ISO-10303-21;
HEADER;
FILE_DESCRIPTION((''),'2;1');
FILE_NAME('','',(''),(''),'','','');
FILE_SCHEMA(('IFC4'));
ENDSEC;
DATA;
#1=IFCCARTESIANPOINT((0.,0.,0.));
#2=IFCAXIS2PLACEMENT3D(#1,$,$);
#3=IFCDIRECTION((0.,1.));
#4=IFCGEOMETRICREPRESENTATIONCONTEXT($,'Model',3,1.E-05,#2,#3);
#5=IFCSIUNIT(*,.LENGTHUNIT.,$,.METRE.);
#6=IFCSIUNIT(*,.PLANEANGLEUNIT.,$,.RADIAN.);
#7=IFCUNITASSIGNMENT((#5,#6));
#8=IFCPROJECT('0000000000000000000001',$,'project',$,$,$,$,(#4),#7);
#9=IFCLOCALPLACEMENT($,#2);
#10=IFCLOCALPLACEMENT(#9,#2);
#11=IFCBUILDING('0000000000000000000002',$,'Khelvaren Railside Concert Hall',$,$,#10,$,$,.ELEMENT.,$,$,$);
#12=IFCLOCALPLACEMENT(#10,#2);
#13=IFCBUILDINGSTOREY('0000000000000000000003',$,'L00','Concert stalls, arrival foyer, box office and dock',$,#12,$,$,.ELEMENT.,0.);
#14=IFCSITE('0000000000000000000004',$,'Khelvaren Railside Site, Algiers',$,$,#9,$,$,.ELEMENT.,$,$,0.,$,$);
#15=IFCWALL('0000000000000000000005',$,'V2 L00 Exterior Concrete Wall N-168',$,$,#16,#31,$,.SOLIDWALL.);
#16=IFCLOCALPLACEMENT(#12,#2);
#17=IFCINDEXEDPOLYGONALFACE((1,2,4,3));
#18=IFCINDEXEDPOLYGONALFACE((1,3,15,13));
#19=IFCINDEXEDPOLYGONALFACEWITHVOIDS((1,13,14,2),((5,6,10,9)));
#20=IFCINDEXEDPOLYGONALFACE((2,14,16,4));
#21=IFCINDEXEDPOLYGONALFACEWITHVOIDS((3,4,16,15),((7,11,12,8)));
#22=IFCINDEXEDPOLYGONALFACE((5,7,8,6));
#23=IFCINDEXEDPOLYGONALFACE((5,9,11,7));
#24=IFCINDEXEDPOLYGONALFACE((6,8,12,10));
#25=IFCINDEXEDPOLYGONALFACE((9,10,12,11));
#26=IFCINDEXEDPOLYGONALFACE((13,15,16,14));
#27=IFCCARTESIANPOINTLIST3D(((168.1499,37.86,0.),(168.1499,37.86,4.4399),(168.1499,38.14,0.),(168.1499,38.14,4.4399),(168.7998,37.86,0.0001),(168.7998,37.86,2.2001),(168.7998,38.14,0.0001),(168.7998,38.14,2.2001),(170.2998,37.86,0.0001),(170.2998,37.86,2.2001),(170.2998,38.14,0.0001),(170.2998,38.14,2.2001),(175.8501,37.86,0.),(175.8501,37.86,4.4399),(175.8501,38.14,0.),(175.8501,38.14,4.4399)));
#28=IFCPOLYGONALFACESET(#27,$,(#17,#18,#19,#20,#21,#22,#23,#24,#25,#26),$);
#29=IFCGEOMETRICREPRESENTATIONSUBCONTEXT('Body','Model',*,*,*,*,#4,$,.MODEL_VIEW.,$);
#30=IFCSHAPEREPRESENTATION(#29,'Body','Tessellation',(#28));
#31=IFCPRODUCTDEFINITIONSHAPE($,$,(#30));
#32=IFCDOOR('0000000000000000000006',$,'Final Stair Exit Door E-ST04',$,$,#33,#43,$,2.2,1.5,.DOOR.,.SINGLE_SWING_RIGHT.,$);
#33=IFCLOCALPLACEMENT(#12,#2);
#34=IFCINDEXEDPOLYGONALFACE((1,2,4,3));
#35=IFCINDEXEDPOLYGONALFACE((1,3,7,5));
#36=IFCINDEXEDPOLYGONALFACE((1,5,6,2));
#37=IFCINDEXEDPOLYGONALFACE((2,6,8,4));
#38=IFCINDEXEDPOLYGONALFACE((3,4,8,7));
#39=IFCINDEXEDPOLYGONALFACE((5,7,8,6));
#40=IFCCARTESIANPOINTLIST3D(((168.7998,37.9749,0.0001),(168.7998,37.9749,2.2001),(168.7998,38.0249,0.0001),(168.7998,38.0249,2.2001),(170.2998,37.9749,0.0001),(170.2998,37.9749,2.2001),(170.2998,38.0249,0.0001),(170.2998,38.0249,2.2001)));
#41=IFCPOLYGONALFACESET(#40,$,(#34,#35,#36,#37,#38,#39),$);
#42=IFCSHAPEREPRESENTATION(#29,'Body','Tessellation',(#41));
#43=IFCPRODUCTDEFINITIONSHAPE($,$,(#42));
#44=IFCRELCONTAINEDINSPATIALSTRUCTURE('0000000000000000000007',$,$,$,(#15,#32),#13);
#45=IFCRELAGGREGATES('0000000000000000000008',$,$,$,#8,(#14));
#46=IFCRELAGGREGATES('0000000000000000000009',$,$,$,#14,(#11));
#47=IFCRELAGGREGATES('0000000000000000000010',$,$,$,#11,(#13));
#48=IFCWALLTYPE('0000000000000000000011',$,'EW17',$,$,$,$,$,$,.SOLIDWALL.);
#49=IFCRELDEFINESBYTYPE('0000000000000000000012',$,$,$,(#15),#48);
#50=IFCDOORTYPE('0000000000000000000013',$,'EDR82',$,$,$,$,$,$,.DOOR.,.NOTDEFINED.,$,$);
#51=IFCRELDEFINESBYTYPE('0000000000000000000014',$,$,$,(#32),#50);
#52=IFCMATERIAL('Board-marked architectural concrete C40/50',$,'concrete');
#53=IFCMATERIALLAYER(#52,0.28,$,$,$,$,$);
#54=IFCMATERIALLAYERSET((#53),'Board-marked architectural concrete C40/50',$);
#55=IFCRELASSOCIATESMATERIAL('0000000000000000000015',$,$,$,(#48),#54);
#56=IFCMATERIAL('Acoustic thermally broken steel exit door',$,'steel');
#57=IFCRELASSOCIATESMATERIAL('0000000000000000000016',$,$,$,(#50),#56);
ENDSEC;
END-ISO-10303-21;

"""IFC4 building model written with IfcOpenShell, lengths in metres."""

from ifc_helpers import new_model, si_unit, direction, frame, frame_2d, origin, place, context, subcontext, project, spatial, rectangle, extrude, material, layer, layer_set, type_object, element, fill, save


model = new_model("IFC4")

# Units and contexts
model_context = context("Model", 3, precision=1e-05, world=origin(), true_north=direction((0.0, 1.0)))
body_context = subcontext(model_context, "Body", "Model", "MODEL_VIEW")
ifc_project = project(units=[si_unit("LENGTHUNIT", "METRE"), si_unit("PLANEANGLEUNIT", "RADIAN")], contexts=[model_context])

# Site, building, storey
site_placement = place(None, origin())
site = spatial("IfcSite", under=ifc_project, at=site_placement, Name="Khelvaren Railside Site, Algiers", CompositionType="ELEMENT", RefElevation=0.0)
building_placement = place(site_placement, origin())
building = spatial("IfcBuilding", under=site, at=building_placement, Name="Khelvaren Railside Concert Hall", CompositionType="ELEMENT")
storey_placement = place(building_placement, origin())
storey = spatial("IfcBuildingStorey", under=building, at=storey_placement, Name="L00", Description="Concert stalls, arrival foyer, box office and dock", CompositionType="ELEMENT", Elevation=0.0)

# Wall, opening, door
ifc_material_1 = material(Name="Board-marked architectural concrete C40/50", Category="concrete")
ifc_layer_1 = layer(ifc_material_1, 0.28)
ifc_layer_set_1 = layer_set([ifc_layer_1], Name="Board-marked architectural concrete C40/50")
wall_type = type_object("IfcWallType", Name="EW17", PredefinedType="SOLIDWALL", material=ifc_layer_set_1)
wall_placement = place(storey_placement, frame((168.1499, 38.0, 0.0), z_axis=(0.0, 0.0, 1.0), x_axis=(1.0, 0.0, 0.0)))
wall = element("IfcWall", 1, at=wall_placement, inside=storey, type_object=wall_type, Name="V2 L00 Exterior Concrete Wall N-168", PredefinedType="SOLIDWALL", context=body_context, shape_type="SweptSolid", body=[
    extrude(rectangle(XDim=7.7002, YDim=0.28, at=frame_2d((3.8501, 0.0))), origin(), (0.0, 0.0, 1.0), 4.4399),
])
opening_placement = place(wall_placement, frame((0.6499, 0.0, 0.0)))
opening = element("IfcOpeningElement", 2, at=opening_placement, cuts=wall, PredefinedType="OPENING", context=body_context, shape_type="SweptSolid", body=[
    extrude(rectangle(XDim=1.5, YDim=2.2, at=frame_2d((0.75, 1.1001))), frame((0.0, 0.1499, 0.0), z_axis=(0.0, -1.0, 0.0), x_axis=(1.0, 0.0, 0.0)), (0.0, 0.0, 1.0), 0.3),
])
ifc_material_2 = material(Name="Acoustic thermally broken steel exit door", Category="steel")
door_type = type_object("IfcDoorType", Name="EDR82", OperationType="NOTDEFINED", PredefinedType="DOOR", material=ifc_material_2)
door_placement = place(opening_placement, origin())
door = element("IfcDoor", 3, at=door_placement, inside=storey, type_object=door_type, Name="Final Stair Exit Door E-ST04", OperationType="SINGLE_SWING_RIGHT", OverallHeight=2.2, OverallWidth=1.5, PredefinedType="DOOR", context=body_context, shape_type="SweptSolid", body=[
    extrude(rectangle(XDim=1.5, YDim=2.2, at=frame_2d((0.75, 1.1001))), frame((0.0, 0.0249, 0.0), z_axis=(0.0, -1.0, 0.0), x_axis=(1.0, 0.0, 0.0)), (0.0, 0.0, 1.0), 0.05),
])
fill(opening, door)

save(model, "model.ifc")
